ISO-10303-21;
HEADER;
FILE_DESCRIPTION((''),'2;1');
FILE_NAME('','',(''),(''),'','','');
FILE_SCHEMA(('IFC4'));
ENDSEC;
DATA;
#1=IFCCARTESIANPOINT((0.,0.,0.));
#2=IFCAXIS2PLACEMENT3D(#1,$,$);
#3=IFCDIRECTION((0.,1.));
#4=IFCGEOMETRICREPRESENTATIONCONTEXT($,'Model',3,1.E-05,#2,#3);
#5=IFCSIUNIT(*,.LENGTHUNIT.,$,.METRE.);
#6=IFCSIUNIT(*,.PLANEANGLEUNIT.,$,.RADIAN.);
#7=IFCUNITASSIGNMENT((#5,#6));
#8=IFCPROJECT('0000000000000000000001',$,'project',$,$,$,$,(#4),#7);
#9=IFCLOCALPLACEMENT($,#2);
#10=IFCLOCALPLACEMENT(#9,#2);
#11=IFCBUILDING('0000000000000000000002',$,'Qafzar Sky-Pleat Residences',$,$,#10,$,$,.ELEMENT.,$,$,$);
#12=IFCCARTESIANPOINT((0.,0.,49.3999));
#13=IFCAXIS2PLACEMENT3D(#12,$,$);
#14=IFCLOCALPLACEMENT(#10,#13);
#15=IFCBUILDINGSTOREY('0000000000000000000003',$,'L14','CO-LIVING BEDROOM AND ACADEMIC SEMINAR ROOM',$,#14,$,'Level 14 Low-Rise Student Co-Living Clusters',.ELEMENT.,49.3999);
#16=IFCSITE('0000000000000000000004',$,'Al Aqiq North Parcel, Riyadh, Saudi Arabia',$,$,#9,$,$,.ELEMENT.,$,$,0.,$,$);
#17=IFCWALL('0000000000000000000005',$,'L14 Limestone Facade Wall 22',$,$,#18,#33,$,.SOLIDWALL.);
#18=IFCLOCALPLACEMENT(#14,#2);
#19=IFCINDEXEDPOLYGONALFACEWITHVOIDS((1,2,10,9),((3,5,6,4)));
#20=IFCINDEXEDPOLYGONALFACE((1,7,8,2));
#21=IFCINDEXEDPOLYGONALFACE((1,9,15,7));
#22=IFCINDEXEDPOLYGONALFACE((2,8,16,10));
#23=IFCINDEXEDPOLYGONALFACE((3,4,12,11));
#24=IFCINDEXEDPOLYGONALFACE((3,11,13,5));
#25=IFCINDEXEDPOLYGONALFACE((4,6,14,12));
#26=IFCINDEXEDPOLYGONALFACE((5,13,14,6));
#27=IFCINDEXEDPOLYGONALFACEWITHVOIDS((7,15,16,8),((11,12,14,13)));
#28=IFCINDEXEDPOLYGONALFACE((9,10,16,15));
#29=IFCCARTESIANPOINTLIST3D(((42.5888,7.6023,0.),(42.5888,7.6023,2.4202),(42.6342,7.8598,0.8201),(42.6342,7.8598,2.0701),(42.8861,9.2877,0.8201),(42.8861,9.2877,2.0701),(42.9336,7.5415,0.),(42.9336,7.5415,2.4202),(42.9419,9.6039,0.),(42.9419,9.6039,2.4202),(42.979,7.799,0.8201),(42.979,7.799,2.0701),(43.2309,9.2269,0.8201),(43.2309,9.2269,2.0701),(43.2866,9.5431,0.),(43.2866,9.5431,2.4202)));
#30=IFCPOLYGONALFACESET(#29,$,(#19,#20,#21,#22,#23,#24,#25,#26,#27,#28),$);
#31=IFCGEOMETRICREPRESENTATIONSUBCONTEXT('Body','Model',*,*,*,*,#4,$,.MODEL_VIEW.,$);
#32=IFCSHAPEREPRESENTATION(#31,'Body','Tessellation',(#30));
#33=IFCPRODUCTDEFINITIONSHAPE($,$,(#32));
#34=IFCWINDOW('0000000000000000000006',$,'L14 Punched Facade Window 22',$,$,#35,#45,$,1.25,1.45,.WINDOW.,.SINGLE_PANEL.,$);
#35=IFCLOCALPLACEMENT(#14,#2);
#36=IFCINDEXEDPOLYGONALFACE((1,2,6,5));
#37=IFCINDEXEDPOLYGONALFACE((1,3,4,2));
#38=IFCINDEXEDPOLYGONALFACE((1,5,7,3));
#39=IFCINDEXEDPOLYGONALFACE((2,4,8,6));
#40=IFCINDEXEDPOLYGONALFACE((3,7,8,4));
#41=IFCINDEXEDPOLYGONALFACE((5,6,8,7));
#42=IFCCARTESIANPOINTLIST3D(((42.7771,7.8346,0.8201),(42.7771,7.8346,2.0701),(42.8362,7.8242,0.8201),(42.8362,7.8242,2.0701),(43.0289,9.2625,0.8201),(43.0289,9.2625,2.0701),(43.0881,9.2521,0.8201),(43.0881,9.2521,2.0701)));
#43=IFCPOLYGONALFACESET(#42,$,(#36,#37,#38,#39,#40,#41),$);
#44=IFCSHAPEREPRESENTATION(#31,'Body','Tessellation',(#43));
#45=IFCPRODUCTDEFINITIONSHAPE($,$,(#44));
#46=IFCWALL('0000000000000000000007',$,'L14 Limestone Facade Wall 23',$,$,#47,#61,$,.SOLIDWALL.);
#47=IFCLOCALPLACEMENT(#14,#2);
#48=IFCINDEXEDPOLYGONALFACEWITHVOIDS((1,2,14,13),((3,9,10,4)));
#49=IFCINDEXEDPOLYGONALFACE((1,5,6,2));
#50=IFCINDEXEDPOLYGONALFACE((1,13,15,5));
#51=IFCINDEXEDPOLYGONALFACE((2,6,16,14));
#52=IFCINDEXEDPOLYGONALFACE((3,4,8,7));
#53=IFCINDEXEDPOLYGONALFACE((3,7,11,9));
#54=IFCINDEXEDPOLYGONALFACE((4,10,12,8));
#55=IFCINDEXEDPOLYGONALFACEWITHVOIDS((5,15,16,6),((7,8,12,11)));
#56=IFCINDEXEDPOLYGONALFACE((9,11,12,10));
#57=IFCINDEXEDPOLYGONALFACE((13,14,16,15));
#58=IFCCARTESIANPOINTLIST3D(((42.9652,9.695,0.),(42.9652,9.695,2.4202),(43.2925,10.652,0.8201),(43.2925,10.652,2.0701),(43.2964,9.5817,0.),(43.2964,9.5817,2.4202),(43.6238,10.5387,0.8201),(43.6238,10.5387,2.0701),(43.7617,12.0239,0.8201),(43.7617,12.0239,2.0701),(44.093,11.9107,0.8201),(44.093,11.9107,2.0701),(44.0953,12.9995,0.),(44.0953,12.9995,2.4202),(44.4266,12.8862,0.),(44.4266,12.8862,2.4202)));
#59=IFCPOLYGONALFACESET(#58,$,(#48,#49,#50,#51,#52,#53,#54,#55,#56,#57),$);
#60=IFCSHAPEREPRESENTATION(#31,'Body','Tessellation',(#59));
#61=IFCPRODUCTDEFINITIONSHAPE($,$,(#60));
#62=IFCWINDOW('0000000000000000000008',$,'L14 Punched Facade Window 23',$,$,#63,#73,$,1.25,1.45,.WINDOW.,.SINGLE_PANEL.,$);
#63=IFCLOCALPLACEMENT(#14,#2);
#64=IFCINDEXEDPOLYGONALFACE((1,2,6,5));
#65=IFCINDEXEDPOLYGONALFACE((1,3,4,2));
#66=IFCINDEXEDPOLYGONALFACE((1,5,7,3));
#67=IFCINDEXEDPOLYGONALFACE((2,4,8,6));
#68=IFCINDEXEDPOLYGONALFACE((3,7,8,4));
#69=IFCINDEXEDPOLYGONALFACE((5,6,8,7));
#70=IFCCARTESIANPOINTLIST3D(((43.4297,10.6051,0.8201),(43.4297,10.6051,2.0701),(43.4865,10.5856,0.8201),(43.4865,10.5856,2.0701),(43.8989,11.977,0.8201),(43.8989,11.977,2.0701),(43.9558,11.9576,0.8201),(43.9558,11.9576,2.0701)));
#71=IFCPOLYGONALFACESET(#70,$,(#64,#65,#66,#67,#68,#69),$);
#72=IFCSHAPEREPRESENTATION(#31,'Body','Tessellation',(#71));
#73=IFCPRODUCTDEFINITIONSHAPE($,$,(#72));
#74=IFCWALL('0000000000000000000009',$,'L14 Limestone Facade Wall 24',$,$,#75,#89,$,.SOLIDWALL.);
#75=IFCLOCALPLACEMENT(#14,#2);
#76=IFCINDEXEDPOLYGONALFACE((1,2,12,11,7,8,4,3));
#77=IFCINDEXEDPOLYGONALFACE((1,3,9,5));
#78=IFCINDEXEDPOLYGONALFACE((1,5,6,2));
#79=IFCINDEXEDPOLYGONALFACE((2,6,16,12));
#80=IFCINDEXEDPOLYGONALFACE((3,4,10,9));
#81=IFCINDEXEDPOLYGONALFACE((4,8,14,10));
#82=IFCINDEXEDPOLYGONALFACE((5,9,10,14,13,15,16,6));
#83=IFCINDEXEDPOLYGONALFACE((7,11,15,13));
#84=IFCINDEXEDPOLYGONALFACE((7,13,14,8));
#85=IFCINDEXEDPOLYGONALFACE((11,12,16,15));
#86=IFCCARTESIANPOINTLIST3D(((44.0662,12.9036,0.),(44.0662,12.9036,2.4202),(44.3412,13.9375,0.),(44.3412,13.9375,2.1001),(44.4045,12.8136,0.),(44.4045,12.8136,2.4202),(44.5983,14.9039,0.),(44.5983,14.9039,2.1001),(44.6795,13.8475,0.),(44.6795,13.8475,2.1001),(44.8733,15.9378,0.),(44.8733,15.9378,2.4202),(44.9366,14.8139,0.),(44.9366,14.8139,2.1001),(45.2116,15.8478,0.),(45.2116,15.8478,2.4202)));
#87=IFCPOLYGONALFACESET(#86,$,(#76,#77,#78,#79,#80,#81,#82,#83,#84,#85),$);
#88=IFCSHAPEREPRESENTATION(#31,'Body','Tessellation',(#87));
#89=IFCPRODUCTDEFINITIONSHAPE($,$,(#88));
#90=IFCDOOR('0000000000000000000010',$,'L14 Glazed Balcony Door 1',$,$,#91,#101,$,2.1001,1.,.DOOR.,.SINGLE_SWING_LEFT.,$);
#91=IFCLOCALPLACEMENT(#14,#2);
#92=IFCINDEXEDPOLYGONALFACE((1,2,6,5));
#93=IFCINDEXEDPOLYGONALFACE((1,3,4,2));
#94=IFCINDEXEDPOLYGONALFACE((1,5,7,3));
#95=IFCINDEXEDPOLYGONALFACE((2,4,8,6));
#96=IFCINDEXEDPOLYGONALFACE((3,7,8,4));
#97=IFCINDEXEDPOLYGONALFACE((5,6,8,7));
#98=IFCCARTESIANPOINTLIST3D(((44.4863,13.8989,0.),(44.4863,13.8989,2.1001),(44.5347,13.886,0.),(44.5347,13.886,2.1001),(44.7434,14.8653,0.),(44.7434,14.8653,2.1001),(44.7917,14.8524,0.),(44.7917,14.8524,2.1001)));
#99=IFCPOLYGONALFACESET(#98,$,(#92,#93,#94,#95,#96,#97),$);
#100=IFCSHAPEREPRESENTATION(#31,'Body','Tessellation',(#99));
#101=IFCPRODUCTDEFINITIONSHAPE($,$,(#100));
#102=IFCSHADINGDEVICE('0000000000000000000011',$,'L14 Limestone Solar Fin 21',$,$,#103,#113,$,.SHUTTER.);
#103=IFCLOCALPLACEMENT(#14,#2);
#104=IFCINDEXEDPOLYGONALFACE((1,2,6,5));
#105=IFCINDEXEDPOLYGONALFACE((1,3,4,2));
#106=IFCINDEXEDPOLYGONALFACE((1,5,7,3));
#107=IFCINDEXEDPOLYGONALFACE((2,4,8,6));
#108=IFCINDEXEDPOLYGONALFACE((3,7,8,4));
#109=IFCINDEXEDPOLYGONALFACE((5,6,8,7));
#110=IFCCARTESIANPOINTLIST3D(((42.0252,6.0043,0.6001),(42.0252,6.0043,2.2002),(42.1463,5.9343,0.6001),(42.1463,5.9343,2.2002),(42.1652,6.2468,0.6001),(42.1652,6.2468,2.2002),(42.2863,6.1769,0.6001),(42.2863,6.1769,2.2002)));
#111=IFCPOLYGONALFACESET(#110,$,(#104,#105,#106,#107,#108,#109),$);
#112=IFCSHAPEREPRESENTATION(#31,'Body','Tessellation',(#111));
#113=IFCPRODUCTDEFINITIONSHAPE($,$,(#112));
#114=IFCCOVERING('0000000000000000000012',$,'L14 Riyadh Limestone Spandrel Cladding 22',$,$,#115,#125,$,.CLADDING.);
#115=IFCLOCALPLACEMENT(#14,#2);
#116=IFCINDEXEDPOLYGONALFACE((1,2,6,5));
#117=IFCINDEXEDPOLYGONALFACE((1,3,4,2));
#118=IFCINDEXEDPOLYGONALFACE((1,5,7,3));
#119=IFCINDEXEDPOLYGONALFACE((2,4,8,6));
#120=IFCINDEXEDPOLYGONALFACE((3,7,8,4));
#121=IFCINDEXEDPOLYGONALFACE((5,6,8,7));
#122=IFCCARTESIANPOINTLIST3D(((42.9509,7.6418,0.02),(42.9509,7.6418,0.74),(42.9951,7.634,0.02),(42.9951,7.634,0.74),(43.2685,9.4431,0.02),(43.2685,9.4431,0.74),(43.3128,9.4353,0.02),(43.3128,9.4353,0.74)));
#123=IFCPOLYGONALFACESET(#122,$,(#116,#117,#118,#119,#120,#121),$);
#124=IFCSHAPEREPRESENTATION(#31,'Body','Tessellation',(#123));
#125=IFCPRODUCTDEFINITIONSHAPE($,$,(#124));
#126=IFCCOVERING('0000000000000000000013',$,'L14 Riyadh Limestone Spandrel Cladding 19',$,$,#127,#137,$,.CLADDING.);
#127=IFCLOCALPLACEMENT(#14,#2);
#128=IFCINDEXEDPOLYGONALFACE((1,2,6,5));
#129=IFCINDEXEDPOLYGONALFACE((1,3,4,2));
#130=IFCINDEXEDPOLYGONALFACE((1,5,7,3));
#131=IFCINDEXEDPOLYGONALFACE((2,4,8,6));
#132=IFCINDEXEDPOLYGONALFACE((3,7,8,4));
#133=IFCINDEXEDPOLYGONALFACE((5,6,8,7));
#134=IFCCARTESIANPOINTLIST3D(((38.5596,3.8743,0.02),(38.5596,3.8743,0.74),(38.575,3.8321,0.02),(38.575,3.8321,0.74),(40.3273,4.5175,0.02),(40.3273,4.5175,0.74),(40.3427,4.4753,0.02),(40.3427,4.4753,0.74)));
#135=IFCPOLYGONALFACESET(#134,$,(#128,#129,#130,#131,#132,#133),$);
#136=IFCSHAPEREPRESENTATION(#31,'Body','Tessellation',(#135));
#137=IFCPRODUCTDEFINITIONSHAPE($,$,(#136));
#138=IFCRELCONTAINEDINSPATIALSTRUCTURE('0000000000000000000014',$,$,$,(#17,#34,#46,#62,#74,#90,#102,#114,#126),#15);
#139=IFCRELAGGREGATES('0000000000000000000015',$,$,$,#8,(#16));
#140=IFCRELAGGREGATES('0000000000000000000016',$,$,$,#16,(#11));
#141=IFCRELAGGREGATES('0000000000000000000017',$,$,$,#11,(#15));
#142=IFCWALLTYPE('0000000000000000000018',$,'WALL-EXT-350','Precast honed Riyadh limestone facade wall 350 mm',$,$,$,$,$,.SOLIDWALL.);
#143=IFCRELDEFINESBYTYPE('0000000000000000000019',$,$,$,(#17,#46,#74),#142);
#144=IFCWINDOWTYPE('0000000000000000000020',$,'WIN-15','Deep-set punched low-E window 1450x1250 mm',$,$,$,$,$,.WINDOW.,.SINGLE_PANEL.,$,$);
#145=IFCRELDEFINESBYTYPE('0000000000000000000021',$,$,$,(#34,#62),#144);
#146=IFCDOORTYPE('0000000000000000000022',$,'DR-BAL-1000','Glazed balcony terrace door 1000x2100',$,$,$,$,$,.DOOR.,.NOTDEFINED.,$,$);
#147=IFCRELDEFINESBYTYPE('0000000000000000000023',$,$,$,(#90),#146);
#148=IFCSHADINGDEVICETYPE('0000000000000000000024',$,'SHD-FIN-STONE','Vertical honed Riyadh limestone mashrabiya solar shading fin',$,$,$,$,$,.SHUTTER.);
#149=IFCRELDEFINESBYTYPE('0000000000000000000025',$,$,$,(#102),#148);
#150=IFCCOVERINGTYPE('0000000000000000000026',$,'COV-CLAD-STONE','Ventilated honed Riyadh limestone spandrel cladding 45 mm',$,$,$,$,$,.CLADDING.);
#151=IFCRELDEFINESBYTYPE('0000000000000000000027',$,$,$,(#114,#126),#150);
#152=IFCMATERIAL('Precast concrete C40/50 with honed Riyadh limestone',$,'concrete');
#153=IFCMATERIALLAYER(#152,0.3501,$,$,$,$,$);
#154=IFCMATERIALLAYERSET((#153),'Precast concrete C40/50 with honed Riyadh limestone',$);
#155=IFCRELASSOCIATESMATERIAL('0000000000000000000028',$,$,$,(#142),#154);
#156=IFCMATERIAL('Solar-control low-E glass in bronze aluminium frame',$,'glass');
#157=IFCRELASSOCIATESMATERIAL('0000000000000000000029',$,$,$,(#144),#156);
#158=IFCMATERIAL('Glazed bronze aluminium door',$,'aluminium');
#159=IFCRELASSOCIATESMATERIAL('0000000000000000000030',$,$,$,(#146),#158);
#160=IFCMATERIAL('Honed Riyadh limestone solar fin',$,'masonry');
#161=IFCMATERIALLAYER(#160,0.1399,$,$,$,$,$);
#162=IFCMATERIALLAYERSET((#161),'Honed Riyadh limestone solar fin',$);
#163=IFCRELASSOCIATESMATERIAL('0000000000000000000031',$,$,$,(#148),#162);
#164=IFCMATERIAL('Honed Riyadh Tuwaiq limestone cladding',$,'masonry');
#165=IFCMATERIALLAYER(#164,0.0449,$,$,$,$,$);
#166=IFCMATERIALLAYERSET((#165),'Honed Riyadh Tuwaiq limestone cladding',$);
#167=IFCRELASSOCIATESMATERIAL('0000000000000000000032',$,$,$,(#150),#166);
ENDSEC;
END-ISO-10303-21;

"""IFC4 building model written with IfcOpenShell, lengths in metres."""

from ifc_helpers import new_model, si_unit, direction, frame, frame_2d, origin, origin_2d, place, context, subcontext, project, spatial, rectangle, extrude, source, transform, mapped, material, layer, layer_set, type_object, element, fill, save


model = new_model("IFC4")

# Units and contexts
model_context = context("Model", 3, precision=1e-05, world=origin(), true_north=direction((0.0, 1.0)))
body_context = subcontext(model_context, "Body", "Model", "MODEL_VIEW")
ifc_project = project(units=[si_unit("LENGTHUNIT", "METRE"), si_unit("PLANEANGLEUNIT", "RADIAN")], contexts=[model_context])

# Site, building, storey
site_placement = place(None, origin())
site = spatial("IfcSite", under=ifc_project, at=site_placement, Name="Al Aqiq North Parcel, Riyadh, Saudi Arabia", CompositionType="ELEMENT", RefElevation=0.0)
building_placement = place(site_placement, origin())
building = spatial("IfcBuilding", under=site, at=building_placement, Name="Qafzar Sky-Pleat Residences", CompositionType="ELEMENT")
storey_placement = place(building_placement, frame((0.0, 0.0, 49.3999)))
storey = spatial("IfcBuildingStorey", under=building, at=storey_placement, Name="L14", Description="CO-LIVING BEDROOM AND ACADEMIC SEMINAR ROOM", LongName="Level 14 Low-Rise Student Co-Living Clusters", CompositionType="ELEMENT", Elevation=49.3999)

# Shared definitions
ifc_material_1 = material(Name="Precast concrete C40/50 with honed Riyadh limestone", Category="concrete")
ifc_layer_1 = layer(ifc_material_1, 0.3501)
ifc_layer_set_1 = layer_set([ifc_layer_1], Name="Precast concrete C40/50 with honed Riyadh limestone")
wall_type_1 = type_object("IfcWallType", Name="WALL-EXT-350", Description="Precast honed Riyadh limestone facade wall 350 mm", PredefinedType="SOLIDWALL", material=ifc_layer_set_1)

# Walls, openings, windows
ifc_material_2 = material(Name="Solar-control low-E glass in bronze aluminium frame", Category="glass")
window_type_1 = type_object("IfcWindowType", Name="WIN-15", Description="Deep-set punched low-E window 1450x1250 mm", PartitioningType="SINGLE_PANEL", PredefinedType="WINDOW", material=ifc_material_2)
shared_shape_1 = source(origin(), body_context, "Body", "SweptSolid", [
    extrude(rectangle(XDim=1.45, YDim=1.25, at=frame_2d((0.7251, 0.625))), frame((0.0, 0.03, 0.0), z_axis=(0.0, -1.0, 0.0), x_axis=(1.0, 0.0, 0.0)), (0.0, 0.0, 1.0), 0.0601),
])
wall_1_placement = place(storey_placement, frame((42.7612, 7.572, 0.0), z_axis=(0.0, 0.0, 1.0), x_axis=(0.173703, 0.984798, 0.0)))
wall_1 = element("IfcWall", 1, at=wall_1_placement, inside=storey, type_object=wall_type_1, Name="L14 Limestone Facade Wall 22", PredefinedType="SOLIDWALL", context=body_context, shape_type="SweptSolid", body=[
    extrude(rectangle(XDim=2.0325, YDim=0.3501, at=frame_2d((1.0161, 0.0))), origin(), (0.0, 0.0, 1.0), 2.4202),
])
opening_1_placement = place(wall_1_placement, frame((0.2612, 0.0, 0.8201)))
opening_1 = element("IfcOpeningElement", 2, at=opening_1_placement, cuts=wall_1, PredefinedType="OPENING", context=body_context, shape_type="SweptSolid", body=[
    extrude(rectangle(XDim=1.45, YDim=1.25, at=frame_2d((0.7251, 0.625))), frame((0.0, 0.1851, 0.0), z_axis=(0.0, -1.0, 0.0), x_axis=(1.0, 0.0, 0.0)), (0.0, 0.0, 1.0), 0.3701),
])
window_1_placement = place(opening_1_placement, origin())
window_1 = element("IfcWindow", 3, at=window_1_placement, inside=storey, type_object=window_type_1, Name="L14 Punched Facade Window 22", OverallHeight=1.25, OverallWidth=1.45, PartitioningType="SINGLE_PANEL", PredefinedType="WINDOW", context=body_context, shape_type="MappedRepresentation", body=[
    mapped(shared_shape_1, transform((0.0, 0.0, 0.0), x_axis=(1.0, 0.0, 0.0), y_axis=(0.0, 1.0, 0.0), z_axis=(0.0, 0.0, 1.0), scale=1.0)),
])
fill(opening_1, window_1)
wall_2_placement = place(storey_placement, frame((43.1309, 9.6384, 0.0), z_axis=(0.0, 0.0, 1.0), x_axis=(0.3236, 0.946194, 0.0)))
wall_2 = element("IfcWall", 4, at=wall_2_placement, inside=storey, type_object=wall_type_1, Name="L14 Limestone Facade Wall 23", PredefinedType="SOLIDWALL", context=body_context, shape_type="SweptSolid", body=[
    extrude(rectangle(XDim=3.4924, YDim=0.3501, at=frame_2d((1.7461, 0.0))), origin(), (0.0, 0.0, 1.0), 2.4202),
])
opening_2_placement = place(wall_2_placement, frame((1.0112, 0.0, 0.8201)))
opening_2 = element("IfcOpeningElement", 5, at=opening_2_placement, cuts=wall_2, PredefinedType="OPENING", context=body_context, shape_type="SweptSolid", body=[
    extrude(rectangle(XDim=1.45, YDim=1.25, at=frame_2d((0.7251, 0.625))), frame((0.0, 0.1851, 0.0), z_axis=(0.0, -1.0, 0.0), x_axis=(1.0, 0.0, 0.0)), (0.0, 0.0, 1.0), 0.3701),
])
window_2_placement = place(opening_2_placement, origin())
window_2 = element("IfcWindow", 6, at=window_2_placement, inside=storey, type_object=window_type_1, Name="L14 Punched Facade Window 23", OverallHeight=1.25, OverallWidth=1.45, PartitioningType="SINGLE_PANEL", PredefinedType="WINDOW", context=body_context, shape_type="MappedRepresentation", body=[
    mapped(shared_shape_1, transform((0.0, 0.0, 0.0), x_axis=(1.0, 0.0, 0.0), y_axis=(0.0, 1.0, 0.0), z_axis=(0.0, 0.0, 1.0), scale=1.0)),
])
fill(opening_2, window_2)

# Wall, opening, door
wall_3_placement = place(storey_placement, frame((44.2354, 12.8586, 0.0), z_axis=(0.0, 0.0, 1.0), x_axis=(0.257072, 0.966392, 0.0)))
wall_3 = element("IfcWall", 7, at=wall_3_placement, inside=storey, type_object=wall_type_1, Name="L14 Limestone Facade Wall 24", PredefinedType="SOLIDWALL", context=body_context, shape_type="SweptSolid", body=[
    extrude(rectangle(XDim=3.1396, YDim=0.3501, at=frame_2d((1.5698, 0.0))), origin(), (0.0, 0.0, 1.0), 2.4202),
])
opening_3_placement = place(wall_3_placement, frame((1.0698, 0.0, 0.0)))
opening_3 = element("IfcOpeningElement", 8, at=opening_3_placement, cuts=wall_3, PredefinedType="OPENING", context=body_context, shape_type="SweptSolid", body=[
    extrude(rectangle(XDim=1.0, YDim=2.1001, at=frame_2d((0.5, 1.05))), frame((0.0, 0.1851, 0.0), z_axis=(0.0, -1.0, 0.0), x_axis=(1.0, 0.0, 0.0)), (0.0, 0.0, 1.0), 0.3701),
])
ifc_material_3 = material(Name="Glazed bronze aluminium door", Category="aluminium")
door_type_1 = type_object("IfcDoorType", Name="DR-BAL-1000", Description="Glazed balcony terrace door 1000x2100", OperationType="NOTDEFINED", PredefinedType="DOOR", material=ifc_material_3)
shared_shape_2 = source(origin(), body_context, "Body", "SweptSolid", [
    extrude(rectangle(XDim=1.0, YDim=2.1001, at=frame_2d((0.5, 1.05))), frame((0.0, 0.0249, 0.0), z_axis=(0.0, -1.0, 0.0), x_axis=(1.0, 0.0, 0.0)), (0.0, 0.0, 1.0), 0.05),
])
door_1_placement = place(opening_3_placement, origin())
door_1 = element("IfcDoor", 9, at=door_1_placement, inside=storey, type_object=door_type_1, Name="L14 Glazed Balcony Door 1", OperationType="SINGLE_SWING_LEFT", OverallHeight=2.1001, OverallWidth=1.0, PredefinedType="DOOR", context=body_context, shape_type="MappedRepresentation", body=[
    mapped(shared_shape_2, transform((0.0, 0.0, 0.0), x_axis=(1.0, 0.0, 0.0), y_axis=(0.0, 1.0, 0.0), z_axis=(0.0, 0.0, 1.0), scale=1.0)),
])
fill(opening_3, door_1)

# Shading device
ifc_material_4 = material(Name="Honed Riyadh limestone solar fin", Category="masonry")
ifc_layer_2 = layer(ifc_material_4, 0.1399)
ifc_layer_set_2 = layer_set([ifc_layer_2], Name="Honed Riyadh limestone solar fin")
shading_device_type = type_object("IfcShadingDeviceType", Name="SHD-FIN-STONE", Description="Vertical honed Riyadh limestone mashrabiya solar shading fin", PredefinedType="SHUTTER", material=ifc_layer_set_2)
shared_shape_3 = source(origin(), body_context, "Body", "SweptSolid", [
    extrude(rectangle(XDim=0.1399, YDim=0.28, at=origin_2d()), origin(), (0.0, 0.0, 1.0), 1.6001),
])
shading_device_placement = place(storey_placement, frame((42.1558, 6.0906, 0.6001), z_axis=(0.0, 0.0, 1.0), x_axis=(0.866032, -0.499989, 0.0)))
element("IfcShadingDevice", 10, at=shading_device_placement, inside=storey, type_object=shading_device_type, Name="L14 Limestone Solar Fin 21", PredefinedType="SHUTTER", context=body_context, shape_type="MappedRepresentation", body=[
    mapped(shared_shape_3, transform((0.0, 0.0, 0.0), x_axis=(1.0, 0.0, 0.0), y_axis=(0.0, 1.0, 0.0), z_axis=(0.0, 0.0, 1.0), scale=1.0)),
])

# Coverings
ifc_material_5 = material(Name="Honed Riyadh Tuwaiq limestone cladding", Category="masonry")
ifc_layer_3 = layer(ifc_material_5, 0.0449)
ifc_layer_set_3 = layer_set([ifc_layer_3], Name="Honed Riyadh Tuwaiq limestone cladding")
covering_type = type_object("IfcCoveringType", Name="COV-CLAD-STONE", Description="Ventilated honed Riyadh limestone spandrel cladding 45 mm", PredefinedType="CLADDING", material=ifc_layer_set_3)
shared_shape_4 = source(origin(), body_context, "Body", "SweptSolid", [
    extrude(rectangle(XDim=1.8291, YDim=0.0449, at=origin_2d()), origin(), (0.0, 0.0, 1.0), 0.72),
])
covering_1_placement = place(storey_placement, frame((43.1318, 8.5386, 0.02), z_axis=(0.0, 0.0, 1.0), x_axis=(0.173648, 0.984808, 0.0)))
element("IfcCovering", 11, at=covering_1_placement, inside=storey, type_object=covering_type, Name="L14 Riyadh Limestone Spandrel Cladding 22", PredefinedType="CLADDING", context=body_context, shape_type="MappedRepresentation", body=[
    mapped(shared_shape_4, transform((0.0, 0.0, 0.0), x_axis=(1.0, 0.0, 0.0), y_axis=(0.0, 1.0, 0.0), z_axis=(0.0, 0.0, 1.0), scale=1.0)),
])
shared_shape_5 = source(origin(), body_context, "Body", "SweptSolid", [
    extrude(rectangle(XDim=1.8811, YDim=0.0449, at=origin_2d()), origin(), (0.0, 0.0, 1.0), 0.72),
])
covering_2_placement = place(storey_placement, frame((39.4512, 4.1748, 0.02), z_axis=(0.0, 0.0, 1.0), x_axis=(0.939715, 0.341958, 0.0)))
element("IfcCovering", 12, at=covering_2_placement, inside=storey, type_object=covering_type, Name="L14 Riyadh Limestone Spandrel Cladding 19", PredefinedType="CLADDING", context=body_context, shape_type="MappedRepresentation", body=[
    mapped(shared_shape_5, transform((0.0, 0.0, 0.0), x_axis=(1.0, 0.0, 0.0), y_axis=(0.0, 1.0, 0.0), z_axis=(0.0, 0.0, 1.0), scale=1.0)),
])

save(model, "model.ifc")
